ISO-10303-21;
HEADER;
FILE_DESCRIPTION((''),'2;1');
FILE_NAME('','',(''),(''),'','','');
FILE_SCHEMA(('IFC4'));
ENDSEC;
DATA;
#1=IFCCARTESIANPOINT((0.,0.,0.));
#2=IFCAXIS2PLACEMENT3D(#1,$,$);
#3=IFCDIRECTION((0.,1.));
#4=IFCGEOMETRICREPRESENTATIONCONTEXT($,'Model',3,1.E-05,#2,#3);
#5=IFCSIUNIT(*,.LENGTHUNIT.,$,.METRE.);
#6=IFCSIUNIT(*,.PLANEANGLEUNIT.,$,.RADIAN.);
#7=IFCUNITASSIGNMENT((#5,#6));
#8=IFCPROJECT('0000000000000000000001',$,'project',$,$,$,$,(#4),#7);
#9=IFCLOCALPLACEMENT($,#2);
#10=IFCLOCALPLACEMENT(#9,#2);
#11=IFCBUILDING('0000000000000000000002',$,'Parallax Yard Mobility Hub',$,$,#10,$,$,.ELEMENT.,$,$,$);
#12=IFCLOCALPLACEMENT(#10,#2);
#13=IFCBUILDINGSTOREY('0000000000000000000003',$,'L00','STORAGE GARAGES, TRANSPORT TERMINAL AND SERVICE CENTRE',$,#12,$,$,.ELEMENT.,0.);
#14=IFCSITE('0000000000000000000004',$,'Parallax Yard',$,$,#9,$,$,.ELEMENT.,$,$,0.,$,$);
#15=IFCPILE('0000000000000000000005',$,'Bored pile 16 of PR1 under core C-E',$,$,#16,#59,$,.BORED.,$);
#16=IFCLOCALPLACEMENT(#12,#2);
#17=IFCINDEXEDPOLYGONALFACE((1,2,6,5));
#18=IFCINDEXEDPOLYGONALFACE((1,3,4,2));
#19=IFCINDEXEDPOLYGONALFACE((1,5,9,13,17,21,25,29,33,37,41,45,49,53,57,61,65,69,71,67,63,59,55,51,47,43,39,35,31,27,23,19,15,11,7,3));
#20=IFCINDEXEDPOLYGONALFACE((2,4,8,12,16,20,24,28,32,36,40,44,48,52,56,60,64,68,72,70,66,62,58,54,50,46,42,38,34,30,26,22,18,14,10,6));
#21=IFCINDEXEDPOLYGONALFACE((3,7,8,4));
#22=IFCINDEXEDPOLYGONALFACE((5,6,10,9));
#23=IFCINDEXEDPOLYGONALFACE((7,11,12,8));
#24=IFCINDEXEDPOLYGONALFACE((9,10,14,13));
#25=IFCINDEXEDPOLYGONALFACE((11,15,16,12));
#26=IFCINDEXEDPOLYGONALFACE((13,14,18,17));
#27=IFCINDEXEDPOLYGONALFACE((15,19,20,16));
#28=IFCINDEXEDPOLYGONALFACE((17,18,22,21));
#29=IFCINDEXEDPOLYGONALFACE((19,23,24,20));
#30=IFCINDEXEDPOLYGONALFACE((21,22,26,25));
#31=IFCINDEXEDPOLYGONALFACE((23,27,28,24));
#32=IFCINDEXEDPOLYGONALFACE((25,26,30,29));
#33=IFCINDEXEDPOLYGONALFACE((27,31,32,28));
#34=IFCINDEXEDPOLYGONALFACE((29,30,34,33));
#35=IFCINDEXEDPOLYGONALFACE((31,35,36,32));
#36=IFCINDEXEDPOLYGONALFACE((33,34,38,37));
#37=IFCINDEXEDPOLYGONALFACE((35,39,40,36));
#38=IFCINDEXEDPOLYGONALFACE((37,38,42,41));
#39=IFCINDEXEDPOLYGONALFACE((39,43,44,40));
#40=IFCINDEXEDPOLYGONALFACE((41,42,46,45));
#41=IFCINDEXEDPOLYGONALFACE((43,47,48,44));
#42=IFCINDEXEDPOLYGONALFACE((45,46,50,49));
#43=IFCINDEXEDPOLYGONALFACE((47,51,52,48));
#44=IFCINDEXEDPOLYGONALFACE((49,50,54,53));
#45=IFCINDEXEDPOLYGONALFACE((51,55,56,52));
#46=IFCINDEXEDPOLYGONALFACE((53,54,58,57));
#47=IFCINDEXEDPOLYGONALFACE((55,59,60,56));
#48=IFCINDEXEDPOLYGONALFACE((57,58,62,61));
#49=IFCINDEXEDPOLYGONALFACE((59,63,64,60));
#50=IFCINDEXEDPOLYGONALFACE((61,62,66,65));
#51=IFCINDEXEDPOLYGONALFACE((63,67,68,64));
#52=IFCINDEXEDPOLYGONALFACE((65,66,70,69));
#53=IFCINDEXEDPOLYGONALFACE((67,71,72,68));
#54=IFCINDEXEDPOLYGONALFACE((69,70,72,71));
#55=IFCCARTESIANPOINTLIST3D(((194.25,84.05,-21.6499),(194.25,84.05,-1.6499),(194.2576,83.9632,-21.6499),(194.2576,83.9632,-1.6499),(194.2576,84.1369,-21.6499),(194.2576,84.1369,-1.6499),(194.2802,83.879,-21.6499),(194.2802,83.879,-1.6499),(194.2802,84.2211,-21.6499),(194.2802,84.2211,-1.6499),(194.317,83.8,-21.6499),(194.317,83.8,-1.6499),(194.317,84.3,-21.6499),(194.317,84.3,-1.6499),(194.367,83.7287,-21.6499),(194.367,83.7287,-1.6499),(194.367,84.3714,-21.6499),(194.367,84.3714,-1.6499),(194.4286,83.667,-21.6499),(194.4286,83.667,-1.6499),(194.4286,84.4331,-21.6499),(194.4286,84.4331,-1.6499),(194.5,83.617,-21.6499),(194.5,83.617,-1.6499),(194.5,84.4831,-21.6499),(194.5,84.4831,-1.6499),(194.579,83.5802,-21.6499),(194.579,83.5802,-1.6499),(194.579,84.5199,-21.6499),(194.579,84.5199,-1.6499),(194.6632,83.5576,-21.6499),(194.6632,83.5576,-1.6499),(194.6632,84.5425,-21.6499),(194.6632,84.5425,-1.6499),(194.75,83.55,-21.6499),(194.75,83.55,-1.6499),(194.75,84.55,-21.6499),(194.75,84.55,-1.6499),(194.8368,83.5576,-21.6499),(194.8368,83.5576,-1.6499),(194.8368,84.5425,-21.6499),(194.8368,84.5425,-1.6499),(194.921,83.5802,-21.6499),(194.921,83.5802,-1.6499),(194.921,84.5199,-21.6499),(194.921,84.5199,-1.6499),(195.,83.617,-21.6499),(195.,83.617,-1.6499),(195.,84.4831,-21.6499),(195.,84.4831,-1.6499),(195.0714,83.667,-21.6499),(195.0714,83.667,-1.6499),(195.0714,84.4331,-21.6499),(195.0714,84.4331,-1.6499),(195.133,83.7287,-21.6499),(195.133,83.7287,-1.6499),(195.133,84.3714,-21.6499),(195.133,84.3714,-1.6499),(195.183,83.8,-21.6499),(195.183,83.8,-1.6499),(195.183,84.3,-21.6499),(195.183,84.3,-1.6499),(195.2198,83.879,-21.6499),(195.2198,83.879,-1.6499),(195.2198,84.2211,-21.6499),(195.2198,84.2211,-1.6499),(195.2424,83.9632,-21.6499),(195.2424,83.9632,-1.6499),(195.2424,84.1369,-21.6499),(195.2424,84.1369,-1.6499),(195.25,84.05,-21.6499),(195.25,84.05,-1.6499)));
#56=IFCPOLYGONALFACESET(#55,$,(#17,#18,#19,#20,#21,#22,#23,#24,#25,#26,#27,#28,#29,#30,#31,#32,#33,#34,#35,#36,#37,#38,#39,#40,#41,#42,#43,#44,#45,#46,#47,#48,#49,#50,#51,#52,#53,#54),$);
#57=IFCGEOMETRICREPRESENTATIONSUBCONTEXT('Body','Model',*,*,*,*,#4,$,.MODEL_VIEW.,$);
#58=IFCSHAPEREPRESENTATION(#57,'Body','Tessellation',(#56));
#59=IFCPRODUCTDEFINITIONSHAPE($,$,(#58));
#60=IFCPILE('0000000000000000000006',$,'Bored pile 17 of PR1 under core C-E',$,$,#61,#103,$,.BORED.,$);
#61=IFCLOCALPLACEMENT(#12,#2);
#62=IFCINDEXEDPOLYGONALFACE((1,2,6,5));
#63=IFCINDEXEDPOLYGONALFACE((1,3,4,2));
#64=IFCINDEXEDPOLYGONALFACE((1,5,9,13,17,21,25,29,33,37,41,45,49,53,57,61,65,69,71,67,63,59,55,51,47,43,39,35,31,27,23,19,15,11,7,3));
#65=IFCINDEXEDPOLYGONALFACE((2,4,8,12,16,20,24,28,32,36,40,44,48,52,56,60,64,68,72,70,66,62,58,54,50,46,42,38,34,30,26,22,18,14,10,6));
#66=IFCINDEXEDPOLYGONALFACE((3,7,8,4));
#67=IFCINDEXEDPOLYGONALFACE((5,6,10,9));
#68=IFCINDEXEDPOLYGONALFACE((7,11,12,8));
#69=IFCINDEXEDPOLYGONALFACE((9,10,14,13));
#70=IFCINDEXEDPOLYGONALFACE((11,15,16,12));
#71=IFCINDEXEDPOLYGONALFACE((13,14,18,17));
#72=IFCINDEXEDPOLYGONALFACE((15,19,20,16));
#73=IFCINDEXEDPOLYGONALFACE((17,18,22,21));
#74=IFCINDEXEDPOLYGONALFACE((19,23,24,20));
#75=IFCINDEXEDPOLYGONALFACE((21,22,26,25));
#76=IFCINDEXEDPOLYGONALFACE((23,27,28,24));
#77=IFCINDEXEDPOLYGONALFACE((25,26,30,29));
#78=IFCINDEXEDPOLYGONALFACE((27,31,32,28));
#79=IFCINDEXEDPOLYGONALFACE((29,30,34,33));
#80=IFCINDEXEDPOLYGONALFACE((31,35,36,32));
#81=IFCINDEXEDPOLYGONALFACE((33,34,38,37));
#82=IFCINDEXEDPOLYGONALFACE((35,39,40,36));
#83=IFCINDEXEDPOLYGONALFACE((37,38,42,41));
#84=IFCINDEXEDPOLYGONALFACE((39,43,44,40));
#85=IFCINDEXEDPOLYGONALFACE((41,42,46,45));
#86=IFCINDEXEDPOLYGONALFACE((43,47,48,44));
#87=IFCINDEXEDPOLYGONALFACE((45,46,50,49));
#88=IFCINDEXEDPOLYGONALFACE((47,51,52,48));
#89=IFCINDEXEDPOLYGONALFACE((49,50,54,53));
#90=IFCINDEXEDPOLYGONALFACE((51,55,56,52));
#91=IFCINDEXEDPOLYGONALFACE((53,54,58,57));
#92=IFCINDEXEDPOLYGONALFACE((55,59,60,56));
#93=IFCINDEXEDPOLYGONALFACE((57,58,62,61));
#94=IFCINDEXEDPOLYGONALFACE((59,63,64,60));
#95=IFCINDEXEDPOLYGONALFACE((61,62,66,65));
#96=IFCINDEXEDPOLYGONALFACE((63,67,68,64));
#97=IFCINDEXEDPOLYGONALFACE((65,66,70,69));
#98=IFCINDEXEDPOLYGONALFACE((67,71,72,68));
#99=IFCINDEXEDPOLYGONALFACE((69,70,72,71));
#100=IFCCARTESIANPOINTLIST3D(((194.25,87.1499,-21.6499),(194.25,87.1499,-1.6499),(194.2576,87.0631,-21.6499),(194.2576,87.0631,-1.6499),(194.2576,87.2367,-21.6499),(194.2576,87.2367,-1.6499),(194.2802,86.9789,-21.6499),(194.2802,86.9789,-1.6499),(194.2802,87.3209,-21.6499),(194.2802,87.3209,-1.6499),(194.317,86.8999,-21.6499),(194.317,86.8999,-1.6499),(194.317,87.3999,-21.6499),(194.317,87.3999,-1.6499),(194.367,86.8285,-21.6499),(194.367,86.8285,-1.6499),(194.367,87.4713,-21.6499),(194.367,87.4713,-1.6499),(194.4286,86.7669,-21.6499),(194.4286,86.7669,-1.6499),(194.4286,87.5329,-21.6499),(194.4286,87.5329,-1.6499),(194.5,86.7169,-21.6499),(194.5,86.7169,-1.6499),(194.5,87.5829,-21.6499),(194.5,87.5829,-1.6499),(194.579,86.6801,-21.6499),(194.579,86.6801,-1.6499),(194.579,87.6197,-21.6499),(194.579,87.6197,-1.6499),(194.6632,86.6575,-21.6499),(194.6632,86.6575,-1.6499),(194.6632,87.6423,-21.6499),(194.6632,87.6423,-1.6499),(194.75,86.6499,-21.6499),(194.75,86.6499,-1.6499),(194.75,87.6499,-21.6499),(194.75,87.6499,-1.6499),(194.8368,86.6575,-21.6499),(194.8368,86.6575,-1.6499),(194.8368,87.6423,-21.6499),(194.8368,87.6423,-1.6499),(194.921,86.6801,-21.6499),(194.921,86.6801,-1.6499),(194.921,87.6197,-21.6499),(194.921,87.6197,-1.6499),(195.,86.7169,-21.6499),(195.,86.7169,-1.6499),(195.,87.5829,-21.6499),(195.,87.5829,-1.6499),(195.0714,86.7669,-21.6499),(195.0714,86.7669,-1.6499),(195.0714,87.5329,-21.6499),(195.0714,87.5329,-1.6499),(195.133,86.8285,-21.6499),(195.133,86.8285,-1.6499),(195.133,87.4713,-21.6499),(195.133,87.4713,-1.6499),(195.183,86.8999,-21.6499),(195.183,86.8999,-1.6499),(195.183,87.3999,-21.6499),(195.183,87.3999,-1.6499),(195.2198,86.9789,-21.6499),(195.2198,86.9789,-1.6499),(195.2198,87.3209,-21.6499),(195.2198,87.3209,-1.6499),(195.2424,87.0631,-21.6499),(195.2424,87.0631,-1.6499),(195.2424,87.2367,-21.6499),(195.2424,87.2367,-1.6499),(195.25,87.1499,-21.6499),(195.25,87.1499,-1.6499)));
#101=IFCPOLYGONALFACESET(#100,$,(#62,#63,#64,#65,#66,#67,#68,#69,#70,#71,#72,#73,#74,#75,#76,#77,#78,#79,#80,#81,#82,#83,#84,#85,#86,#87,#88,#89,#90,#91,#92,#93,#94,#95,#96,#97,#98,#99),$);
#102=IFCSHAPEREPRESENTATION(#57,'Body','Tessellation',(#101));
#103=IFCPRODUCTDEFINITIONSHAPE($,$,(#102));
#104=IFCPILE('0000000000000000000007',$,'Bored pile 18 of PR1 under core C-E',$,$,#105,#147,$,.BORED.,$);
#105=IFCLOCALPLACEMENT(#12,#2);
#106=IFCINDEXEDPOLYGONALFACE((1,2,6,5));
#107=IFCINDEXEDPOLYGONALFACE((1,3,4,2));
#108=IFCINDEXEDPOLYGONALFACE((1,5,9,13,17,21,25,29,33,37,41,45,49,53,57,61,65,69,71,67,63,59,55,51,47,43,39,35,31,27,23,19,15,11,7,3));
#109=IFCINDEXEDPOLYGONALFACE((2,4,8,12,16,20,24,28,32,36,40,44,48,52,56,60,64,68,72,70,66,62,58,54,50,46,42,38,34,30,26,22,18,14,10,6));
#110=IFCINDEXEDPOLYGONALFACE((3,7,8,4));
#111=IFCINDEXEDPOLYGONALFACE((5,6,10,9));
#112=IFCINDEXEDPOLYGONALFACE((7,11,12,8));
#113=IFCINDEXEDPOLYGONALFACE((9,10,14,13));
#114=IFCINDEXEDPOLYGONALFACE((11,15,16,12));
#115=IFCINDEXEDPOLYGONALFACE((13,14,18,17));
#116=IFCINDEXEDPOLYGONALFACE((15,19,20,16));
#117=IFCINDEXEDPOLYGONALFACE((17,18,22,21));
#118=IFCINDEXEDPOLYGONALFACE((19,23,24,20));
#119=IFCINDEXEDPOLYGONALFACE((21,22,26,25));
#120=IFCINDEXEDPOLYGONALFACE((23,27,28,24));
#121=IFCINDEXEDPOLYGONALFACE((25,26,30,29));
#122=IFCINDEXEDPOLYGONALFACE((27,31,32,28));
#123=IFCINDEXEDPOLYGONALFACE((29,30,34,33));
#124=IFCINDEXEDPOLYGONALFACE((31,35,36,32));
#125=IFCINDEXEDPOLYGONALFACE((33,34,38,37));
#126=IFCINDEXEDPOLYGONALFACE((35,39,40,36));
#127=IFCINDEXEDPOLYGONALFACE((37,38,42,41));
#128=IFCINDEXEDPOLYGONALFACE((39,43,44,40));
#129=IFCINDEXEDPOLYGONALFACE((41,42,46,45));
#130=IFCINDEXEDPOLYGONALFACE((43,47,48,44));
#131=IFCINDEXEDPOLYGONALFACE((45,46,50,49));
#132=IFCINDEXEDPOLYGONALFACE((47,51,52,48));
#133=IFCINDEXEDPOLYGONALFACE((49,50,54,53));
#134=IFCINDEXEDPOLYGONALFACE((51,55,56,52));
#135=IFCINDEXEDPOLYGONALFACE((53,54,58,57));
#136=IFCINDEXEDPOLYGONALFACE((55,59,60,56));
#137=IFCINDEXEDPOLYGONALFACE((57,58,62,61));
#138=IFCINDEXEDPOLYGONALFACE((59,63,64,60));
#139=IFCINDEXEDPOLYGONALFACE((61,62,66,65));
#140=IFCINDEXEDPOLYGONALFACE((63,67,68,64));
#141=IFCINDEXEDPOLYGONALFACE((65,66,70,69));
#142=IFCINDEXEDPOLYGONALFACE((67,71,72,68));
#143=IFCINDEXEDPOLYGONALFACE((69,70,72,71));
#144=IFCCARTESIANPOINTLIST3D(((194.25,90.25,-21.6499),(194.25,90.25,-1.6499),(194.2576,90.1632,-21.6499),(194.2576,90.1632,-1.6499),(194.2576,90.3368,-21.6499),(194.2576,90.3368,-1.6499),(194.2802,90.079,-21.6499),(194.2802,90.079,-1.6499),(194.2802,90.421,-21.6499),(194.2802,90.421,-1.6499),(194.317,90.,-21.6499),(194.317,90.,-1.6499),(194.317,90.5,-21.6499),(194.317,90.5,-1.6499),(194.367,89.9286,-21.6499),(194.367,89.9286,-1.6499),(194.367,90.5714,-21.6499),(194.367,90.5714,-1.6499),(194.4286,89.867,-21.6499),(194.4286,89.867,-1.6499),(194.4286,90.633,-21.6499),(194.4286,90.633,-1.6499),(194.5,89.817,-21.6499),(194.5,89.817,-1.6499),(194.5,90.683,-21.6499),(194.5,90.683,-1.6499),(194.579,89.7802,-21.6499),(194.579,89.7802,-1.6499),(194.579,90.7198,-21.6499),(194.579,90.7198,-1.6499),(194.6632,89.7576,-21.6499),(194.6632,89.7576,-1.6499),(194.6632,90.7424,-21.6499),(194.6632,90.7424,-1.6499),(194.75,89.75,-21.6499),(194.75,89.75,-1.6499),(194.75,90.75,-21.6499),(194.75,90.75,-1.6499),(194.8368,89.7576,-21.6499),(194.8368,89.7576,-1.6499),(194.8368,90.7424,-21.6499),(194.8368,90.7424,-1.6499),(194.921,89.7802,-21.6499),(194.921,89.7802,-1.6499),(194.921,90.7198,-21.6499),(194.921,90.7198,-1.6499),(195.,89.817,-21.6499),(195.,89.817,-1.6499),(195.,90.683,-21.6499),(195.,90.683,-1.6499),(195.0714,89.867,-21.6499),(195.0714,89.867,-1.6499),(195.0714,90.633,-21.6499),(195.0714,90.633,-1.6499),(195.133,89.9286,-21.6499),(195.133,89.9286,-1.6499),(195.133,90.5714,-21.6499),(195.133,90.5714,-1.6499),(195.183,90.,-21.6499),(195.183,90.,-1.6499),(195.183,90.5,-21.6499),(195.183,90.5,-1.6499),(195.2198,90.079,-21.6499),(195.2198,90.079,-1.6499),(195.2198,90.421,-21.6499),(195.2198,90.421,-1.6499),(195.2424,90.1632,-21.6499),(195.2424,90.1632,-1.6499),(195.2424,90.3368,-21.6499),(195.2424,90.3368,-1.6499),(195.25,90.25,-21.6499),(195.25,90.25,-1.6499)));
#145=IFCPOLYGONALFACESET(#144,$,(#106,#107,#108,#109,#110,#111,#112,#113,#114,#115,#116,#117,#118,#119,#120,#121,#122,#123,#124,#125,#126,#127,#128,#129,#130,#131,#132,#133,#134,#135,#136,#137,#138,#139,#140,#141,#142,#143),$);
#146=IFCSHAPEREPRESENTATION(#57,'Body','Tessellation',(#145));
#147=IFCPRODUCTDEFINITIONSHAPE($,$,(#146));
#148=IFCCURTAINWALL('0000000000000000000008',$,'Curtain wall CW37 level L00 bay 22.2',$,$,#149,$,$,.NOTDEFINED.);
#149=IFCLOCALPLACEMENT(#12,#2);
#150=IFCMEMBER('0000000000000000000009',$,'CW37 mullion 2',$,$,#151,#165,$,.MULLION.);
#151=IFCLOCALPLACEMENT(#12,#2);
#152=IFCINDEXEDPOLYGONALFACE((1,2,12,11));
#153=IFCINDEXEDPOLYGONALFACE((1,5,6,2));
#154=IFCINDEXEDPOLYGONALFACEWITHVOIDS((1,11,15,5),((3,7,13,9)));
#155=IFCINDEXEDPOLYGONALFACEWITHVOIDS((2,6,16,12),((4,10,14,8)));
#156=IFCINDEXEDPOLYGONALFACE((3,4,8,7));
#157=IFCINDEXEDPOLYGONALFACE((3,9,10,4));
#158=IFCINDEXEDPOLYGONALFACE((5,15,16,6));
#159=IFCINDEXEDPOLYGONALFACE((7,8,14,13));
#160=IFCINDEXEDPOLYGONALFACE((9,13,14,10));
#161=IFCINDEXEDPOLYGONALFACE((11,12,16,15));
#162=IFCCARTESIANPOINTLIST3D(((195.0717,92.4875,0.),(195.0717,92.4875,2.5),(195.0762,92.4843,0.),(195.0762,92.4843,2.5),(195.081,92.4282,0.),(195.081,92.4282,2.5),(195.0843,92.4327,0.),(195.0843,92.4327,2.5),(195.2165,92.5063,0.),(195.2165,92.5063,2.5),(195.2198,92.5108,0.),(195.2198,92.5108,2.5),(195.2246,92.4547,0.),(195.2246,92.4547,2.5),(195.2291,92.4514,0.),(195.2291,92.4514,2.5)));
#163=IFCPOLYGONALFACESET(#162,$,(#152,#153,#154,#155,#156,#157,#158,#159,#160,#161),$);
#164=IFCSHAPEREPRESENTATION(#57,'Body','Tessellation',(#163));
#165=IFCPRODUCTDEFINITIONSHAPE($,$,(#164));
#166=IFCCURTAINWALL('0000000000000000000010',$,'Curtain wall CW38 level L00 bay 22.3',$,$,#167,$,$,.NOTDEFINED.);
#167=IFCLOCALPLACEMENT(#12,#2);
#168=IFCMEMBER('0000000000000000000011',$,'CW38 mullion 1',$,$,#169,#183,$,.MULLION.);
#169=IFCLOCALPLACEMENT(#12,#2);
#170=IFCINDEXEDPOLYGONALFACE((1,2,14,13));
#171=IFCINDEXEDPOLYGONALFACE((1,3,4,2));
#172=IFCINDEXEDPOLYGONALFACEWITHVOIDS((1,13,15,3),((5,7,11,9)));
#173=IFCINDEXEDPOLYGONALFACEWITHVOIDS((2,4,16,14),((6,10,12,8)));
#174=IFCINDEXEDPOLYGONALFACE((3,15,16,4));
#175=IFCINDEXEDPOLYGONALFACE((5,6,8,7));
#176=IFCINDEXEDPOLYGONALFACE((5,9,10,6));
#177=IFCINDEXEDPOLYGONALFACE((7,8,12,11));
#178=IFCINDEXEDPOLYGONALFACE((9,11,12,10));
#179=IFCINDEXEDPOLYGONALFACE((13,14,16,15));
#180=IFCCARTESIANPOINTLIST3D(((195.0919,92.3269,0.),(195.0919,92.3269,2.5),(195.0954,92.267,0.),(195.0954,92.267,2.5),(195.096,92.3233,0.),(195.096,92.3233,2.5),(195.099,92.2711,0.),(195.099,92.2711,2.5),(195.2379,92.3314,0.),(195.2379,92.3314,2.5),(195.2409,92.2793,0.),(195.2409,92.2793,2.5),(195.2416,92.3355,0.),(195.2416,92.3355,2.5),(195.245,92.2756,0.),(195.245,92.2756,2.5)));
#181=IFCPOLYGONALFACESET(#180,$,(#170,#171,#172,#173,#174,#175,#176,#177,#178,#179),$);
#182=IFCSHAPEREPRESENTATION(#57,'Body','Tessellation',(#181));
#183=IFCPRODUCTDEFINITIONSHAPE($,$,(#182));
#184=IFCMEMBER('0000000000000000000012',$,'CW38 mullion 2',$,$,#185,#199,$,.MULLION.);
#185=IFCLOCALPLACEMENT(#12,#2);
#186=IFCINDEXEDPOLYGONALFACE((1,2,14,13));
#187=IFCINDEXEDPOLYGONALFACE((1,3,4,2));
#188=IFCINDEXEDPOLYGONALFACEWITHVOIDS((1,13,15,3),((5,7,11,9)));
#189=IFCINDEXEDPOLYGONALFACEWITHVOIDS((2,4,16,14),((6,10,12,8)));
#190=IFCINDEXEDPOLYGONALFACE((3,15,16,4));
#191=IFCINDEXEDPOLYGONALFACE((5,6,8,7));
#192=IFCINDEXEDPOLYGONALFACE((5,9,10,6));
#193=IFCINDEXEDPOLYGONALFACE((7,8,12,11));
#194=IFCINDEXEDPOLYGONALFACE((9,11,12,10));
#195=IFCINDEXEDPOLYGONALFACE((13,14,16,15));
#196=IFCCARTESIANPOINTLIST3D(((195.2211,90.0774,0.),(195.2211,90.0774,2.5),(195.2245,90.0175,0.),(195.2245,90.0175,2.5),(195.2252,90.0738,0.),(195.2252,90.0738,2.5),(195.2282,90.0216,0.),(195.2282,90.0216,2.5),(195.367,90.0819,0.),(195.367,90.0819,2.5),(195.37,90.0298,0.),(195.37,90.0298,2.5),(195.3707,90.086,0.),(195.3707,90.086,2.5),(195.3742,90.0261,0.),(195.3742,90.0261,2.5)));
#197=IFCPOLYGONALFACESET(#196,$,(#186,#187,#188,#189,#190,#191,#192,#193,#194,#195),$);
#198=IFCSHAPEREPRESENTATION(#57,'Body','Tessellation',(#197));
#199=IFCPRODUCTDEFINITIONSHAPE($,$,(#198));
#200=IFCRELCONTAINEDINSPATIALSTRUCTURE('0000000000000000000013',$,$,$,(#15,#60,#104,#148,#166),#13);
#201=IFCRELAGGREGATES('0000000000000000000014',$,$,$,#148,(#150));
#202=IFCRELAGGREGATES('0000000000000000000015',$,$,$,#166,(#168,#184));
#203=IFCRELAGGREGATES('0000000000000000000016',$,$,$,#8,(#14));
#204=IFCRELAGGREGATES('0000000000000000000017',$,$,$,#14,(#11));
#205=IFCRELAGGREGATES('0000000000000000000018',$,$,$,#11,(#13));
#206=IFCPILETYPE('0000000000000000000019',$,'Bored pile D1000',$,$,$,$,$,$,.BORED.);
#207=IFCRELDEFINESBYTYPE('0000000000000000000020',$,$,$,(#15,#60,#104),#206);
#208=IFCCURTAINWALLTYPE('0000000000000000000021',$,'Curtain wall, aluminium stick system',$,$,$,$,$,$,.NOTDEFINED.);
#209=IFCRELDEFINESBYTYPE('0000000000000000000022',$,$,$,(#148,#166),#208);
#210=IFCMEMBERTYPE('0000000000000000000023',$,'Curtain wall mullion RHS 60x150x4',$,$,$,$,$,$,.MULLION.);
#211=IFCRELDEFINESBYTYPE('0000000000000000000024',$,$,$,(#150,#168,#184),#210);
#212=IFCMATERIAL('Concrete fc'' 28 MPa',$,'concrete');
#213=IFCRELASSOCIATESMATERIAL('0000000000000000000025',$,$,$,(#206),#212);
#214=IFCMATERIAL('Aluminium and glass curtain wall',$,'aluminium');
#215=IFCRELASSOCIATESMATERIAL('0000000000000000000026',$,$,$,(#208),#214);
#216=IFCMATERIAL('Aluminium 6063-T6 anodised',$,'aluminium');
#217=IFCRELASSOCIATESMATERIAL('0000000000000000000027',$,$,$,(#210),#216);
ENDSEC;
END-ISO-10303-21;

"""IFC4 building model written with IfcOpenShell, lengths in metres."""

from ifc_helpers import new_model, si_unit, direction, frame, origin, origin_2d, place, context, subcontext, project, spatial, hollow_rectangle, circle, extrude, material, material_profile, profile_set, type_object, element, aggregate, save


model = new_model("IFC4")

# Units and contexts
model_context = context("Model", 3, precision=1e-05, world=origin(), true_north=direction((0.0, 1.0)))
body_context = subcontext(model_context, "Body", "Model", "MODEL_VIEW")
ifc_project = project(units=[si_unit("LENGTHUNIT", "METRE"), si_unit("PLANEANGLEUNIT", "RADIAN")], contexts=[model_context])

# Site, building, storey
site_placement = place(None, origin())
site = spatial("IfcSite", under=ifc_project, at=site_placement, Name="Parallax Yard", CompositionType="ELEMENT", RefElevation=0.0)
building_placement = place(site_placement, origin())
building = spatial("IfcBuilding", under=site, at=building_placement, Name="Parallax Yard Mobility Hub", CompositionType="ELEMENT")
storey_placement = place(building_placement, origin())
storey = spatial("IfcBuildingStorey", under=building, at=storey_placement, Name="L00", Description="STORAGE GARAGES, TRANSPORT TERMINAL AND SERVICE CENTRE", CompositionType="ELEMENT", Elevation=0.0)

# Piles
ifc_material_1 = material(Name="Concrete fc' 28 MPa", Category="concrete")
ifc_material_profile_1 = material_profile(ifc_material_1, circle(Radius=0.5, at=origin_2d()), Name="Bored pile D1000")
ifc_profile_set_1 = profile_set([ifc_material_profile_1], Name="Concrete fc' 28 MPa")
pile_type = type_object("IfcPileType", Name="Bored pile D1000", PredefinedType="BORED", material=ifc_profile_set_1)
for number, where, z_axis, x_axis, name in (
    (1, (194.75, 84.05, -1.6499), (0.0, 0.0, -1.0), (1.0, 0.0, 0.0), "Bored pile 16 of PR1 under core C-E"),
    (2, (194.75, 87.1499, -1.6499), (0.0, 0.0, -1.0), (1.0, 0.0, 0.0), "Bored pile 17 of PR1 under core C-E"),
    (3, (194.75, 90.25, -1.6499), (0.0, 0.0, -1.0), (1.0, 0.0, 0.0), "Bored pile 18 of PR1 under core C-E"),
):
    element("IfcPile", number, at=place(storey_placement, frame(where, z_axis=z_axis, x_axis=x_axis)), inside=storey, type_object=pile_type, Name=name, PredefinedType="BORED", context=body_context, shape_type="SweptSolid", body=[
        extrude(circle(Radius=0.5, at=origin_2d()), origin(), (0.0, 0.0, 1.0), 20.0),
    ])

# Curtain wall, member
ifc_material_2 = material(Name="Aluminium and glass curtain wall", Category="aluminium")
curtain_wall_type = type_object("IfcCurtainWallType", Name="Curtain wall, aluminium stick system", PredefinedType="NOTDEFINED", material=ifc_material_2)
curtain_wall_1_placement = place(storey_placement, origin())
curtain_wall_1 = element("IfcCurtainWall", 4, at=curtain_wall_1_placement, inside=storey, type_object=curtain_wall_type, Name="Curtain wall CW37 level L00 bay 22.2", PredefinedType="NOTDEFINED")
ifc_material_3 = material(Name="Aluminium 6063-T6 anodised", Category="aluminium")
ifc_material_profile_2 = material_profile(ifc_material_3, hollow_rectangle(XDim=0.1499, YDim=0.0601, WallThickness=0.0039, at=origin_2d()), Name="RHS 60x150x4")
ifc_profile_set_2 = profile_set([ifc_material_profile_2], Name="Aluminium 6063-T6 anodised")
member_type_1 = type_object("IfcMemberType", Name="Curtain wall mullion RHS 60x150x4", PredefinedType="MULLION", material=ifc_profile_set_2)
member_1_placement = place(storey_placement, frame((195.1504, 92.4695, 0.0), z_axis=(0.0, 0.0, 1.0), x_axis=(0.987924, 0.154937, 0.0)))
member_1 = element("IfcMember", 5, at=member_1_placement, type_object=member_type_1, Name="CW37 mullion 2", PredefinedType="MULLION", context=body_context, shape_type="SweptSolid", body=[
    extrude(hollow_rectangle(XDim=0.1499, YDim=0.0601, WallThickness=0.0039, at=origin_2d()), origin(), (0.0, 0.0, 1.0), 2.5),
])

# Curtain wall, members
curtain_wall_2_placement = place(storey_placement, origin())
curtain_wall_2 = element("IfcCurtainWall", 6, at=curtain_wall_2_placement, inside=storey, type_object=curtain_wall_type, Name="Curtain wall CW38 level L00 bay 22.3", PredefinedType="NOTDEFINED")
member_2_placement = place(storey_placement, frame((195.1685, 92.3013, 0.0), z_axis=(0.0, 0.0, 1.0), x_axis=(0.998353, 0.057366, 0.0)))
member_2 = element("IfcMember", 7, at=member_2_placement, type_object=member_type_1, Name="CW38 mullion 1", PredefinedType="MULLION", context=body_context, shape_type="SweptSolid", body=[
    extrude(hollow_rectangle(XDim=0.1499, YDim=0.0601, WallThickness=0.0039, at=origin_2d()), origin(), (0.0, 0.0, 1.0), 2.5),
])
member_3_placement = place(storey_placement, frame((195.2976, 90.0518, 0.0), z_axis=(0.0, 0.0, 1.0), x_axis=(0.998353, 0.057366, 0.0)))
member_3 = element("IfcMember", 8, at=member_3_placement, type_object=member_type_1, Name="CW38 mullion 2", PredefinedType="MULLION", context=body_context, shape_type="SweptSolid", body=[
    extrude(hollow_rectangle(XDim=0.1499, YDim=0.0601, WallThickness=0.0039, at=origin_2d()), origin(), (0.0, 0.0, 1.0), 2.5),
])

aggregate(curtain_wall_1, [member_1])
aggregate(curtain_wall_2, [member_2, member_3])

save(model, "model.ifc")
